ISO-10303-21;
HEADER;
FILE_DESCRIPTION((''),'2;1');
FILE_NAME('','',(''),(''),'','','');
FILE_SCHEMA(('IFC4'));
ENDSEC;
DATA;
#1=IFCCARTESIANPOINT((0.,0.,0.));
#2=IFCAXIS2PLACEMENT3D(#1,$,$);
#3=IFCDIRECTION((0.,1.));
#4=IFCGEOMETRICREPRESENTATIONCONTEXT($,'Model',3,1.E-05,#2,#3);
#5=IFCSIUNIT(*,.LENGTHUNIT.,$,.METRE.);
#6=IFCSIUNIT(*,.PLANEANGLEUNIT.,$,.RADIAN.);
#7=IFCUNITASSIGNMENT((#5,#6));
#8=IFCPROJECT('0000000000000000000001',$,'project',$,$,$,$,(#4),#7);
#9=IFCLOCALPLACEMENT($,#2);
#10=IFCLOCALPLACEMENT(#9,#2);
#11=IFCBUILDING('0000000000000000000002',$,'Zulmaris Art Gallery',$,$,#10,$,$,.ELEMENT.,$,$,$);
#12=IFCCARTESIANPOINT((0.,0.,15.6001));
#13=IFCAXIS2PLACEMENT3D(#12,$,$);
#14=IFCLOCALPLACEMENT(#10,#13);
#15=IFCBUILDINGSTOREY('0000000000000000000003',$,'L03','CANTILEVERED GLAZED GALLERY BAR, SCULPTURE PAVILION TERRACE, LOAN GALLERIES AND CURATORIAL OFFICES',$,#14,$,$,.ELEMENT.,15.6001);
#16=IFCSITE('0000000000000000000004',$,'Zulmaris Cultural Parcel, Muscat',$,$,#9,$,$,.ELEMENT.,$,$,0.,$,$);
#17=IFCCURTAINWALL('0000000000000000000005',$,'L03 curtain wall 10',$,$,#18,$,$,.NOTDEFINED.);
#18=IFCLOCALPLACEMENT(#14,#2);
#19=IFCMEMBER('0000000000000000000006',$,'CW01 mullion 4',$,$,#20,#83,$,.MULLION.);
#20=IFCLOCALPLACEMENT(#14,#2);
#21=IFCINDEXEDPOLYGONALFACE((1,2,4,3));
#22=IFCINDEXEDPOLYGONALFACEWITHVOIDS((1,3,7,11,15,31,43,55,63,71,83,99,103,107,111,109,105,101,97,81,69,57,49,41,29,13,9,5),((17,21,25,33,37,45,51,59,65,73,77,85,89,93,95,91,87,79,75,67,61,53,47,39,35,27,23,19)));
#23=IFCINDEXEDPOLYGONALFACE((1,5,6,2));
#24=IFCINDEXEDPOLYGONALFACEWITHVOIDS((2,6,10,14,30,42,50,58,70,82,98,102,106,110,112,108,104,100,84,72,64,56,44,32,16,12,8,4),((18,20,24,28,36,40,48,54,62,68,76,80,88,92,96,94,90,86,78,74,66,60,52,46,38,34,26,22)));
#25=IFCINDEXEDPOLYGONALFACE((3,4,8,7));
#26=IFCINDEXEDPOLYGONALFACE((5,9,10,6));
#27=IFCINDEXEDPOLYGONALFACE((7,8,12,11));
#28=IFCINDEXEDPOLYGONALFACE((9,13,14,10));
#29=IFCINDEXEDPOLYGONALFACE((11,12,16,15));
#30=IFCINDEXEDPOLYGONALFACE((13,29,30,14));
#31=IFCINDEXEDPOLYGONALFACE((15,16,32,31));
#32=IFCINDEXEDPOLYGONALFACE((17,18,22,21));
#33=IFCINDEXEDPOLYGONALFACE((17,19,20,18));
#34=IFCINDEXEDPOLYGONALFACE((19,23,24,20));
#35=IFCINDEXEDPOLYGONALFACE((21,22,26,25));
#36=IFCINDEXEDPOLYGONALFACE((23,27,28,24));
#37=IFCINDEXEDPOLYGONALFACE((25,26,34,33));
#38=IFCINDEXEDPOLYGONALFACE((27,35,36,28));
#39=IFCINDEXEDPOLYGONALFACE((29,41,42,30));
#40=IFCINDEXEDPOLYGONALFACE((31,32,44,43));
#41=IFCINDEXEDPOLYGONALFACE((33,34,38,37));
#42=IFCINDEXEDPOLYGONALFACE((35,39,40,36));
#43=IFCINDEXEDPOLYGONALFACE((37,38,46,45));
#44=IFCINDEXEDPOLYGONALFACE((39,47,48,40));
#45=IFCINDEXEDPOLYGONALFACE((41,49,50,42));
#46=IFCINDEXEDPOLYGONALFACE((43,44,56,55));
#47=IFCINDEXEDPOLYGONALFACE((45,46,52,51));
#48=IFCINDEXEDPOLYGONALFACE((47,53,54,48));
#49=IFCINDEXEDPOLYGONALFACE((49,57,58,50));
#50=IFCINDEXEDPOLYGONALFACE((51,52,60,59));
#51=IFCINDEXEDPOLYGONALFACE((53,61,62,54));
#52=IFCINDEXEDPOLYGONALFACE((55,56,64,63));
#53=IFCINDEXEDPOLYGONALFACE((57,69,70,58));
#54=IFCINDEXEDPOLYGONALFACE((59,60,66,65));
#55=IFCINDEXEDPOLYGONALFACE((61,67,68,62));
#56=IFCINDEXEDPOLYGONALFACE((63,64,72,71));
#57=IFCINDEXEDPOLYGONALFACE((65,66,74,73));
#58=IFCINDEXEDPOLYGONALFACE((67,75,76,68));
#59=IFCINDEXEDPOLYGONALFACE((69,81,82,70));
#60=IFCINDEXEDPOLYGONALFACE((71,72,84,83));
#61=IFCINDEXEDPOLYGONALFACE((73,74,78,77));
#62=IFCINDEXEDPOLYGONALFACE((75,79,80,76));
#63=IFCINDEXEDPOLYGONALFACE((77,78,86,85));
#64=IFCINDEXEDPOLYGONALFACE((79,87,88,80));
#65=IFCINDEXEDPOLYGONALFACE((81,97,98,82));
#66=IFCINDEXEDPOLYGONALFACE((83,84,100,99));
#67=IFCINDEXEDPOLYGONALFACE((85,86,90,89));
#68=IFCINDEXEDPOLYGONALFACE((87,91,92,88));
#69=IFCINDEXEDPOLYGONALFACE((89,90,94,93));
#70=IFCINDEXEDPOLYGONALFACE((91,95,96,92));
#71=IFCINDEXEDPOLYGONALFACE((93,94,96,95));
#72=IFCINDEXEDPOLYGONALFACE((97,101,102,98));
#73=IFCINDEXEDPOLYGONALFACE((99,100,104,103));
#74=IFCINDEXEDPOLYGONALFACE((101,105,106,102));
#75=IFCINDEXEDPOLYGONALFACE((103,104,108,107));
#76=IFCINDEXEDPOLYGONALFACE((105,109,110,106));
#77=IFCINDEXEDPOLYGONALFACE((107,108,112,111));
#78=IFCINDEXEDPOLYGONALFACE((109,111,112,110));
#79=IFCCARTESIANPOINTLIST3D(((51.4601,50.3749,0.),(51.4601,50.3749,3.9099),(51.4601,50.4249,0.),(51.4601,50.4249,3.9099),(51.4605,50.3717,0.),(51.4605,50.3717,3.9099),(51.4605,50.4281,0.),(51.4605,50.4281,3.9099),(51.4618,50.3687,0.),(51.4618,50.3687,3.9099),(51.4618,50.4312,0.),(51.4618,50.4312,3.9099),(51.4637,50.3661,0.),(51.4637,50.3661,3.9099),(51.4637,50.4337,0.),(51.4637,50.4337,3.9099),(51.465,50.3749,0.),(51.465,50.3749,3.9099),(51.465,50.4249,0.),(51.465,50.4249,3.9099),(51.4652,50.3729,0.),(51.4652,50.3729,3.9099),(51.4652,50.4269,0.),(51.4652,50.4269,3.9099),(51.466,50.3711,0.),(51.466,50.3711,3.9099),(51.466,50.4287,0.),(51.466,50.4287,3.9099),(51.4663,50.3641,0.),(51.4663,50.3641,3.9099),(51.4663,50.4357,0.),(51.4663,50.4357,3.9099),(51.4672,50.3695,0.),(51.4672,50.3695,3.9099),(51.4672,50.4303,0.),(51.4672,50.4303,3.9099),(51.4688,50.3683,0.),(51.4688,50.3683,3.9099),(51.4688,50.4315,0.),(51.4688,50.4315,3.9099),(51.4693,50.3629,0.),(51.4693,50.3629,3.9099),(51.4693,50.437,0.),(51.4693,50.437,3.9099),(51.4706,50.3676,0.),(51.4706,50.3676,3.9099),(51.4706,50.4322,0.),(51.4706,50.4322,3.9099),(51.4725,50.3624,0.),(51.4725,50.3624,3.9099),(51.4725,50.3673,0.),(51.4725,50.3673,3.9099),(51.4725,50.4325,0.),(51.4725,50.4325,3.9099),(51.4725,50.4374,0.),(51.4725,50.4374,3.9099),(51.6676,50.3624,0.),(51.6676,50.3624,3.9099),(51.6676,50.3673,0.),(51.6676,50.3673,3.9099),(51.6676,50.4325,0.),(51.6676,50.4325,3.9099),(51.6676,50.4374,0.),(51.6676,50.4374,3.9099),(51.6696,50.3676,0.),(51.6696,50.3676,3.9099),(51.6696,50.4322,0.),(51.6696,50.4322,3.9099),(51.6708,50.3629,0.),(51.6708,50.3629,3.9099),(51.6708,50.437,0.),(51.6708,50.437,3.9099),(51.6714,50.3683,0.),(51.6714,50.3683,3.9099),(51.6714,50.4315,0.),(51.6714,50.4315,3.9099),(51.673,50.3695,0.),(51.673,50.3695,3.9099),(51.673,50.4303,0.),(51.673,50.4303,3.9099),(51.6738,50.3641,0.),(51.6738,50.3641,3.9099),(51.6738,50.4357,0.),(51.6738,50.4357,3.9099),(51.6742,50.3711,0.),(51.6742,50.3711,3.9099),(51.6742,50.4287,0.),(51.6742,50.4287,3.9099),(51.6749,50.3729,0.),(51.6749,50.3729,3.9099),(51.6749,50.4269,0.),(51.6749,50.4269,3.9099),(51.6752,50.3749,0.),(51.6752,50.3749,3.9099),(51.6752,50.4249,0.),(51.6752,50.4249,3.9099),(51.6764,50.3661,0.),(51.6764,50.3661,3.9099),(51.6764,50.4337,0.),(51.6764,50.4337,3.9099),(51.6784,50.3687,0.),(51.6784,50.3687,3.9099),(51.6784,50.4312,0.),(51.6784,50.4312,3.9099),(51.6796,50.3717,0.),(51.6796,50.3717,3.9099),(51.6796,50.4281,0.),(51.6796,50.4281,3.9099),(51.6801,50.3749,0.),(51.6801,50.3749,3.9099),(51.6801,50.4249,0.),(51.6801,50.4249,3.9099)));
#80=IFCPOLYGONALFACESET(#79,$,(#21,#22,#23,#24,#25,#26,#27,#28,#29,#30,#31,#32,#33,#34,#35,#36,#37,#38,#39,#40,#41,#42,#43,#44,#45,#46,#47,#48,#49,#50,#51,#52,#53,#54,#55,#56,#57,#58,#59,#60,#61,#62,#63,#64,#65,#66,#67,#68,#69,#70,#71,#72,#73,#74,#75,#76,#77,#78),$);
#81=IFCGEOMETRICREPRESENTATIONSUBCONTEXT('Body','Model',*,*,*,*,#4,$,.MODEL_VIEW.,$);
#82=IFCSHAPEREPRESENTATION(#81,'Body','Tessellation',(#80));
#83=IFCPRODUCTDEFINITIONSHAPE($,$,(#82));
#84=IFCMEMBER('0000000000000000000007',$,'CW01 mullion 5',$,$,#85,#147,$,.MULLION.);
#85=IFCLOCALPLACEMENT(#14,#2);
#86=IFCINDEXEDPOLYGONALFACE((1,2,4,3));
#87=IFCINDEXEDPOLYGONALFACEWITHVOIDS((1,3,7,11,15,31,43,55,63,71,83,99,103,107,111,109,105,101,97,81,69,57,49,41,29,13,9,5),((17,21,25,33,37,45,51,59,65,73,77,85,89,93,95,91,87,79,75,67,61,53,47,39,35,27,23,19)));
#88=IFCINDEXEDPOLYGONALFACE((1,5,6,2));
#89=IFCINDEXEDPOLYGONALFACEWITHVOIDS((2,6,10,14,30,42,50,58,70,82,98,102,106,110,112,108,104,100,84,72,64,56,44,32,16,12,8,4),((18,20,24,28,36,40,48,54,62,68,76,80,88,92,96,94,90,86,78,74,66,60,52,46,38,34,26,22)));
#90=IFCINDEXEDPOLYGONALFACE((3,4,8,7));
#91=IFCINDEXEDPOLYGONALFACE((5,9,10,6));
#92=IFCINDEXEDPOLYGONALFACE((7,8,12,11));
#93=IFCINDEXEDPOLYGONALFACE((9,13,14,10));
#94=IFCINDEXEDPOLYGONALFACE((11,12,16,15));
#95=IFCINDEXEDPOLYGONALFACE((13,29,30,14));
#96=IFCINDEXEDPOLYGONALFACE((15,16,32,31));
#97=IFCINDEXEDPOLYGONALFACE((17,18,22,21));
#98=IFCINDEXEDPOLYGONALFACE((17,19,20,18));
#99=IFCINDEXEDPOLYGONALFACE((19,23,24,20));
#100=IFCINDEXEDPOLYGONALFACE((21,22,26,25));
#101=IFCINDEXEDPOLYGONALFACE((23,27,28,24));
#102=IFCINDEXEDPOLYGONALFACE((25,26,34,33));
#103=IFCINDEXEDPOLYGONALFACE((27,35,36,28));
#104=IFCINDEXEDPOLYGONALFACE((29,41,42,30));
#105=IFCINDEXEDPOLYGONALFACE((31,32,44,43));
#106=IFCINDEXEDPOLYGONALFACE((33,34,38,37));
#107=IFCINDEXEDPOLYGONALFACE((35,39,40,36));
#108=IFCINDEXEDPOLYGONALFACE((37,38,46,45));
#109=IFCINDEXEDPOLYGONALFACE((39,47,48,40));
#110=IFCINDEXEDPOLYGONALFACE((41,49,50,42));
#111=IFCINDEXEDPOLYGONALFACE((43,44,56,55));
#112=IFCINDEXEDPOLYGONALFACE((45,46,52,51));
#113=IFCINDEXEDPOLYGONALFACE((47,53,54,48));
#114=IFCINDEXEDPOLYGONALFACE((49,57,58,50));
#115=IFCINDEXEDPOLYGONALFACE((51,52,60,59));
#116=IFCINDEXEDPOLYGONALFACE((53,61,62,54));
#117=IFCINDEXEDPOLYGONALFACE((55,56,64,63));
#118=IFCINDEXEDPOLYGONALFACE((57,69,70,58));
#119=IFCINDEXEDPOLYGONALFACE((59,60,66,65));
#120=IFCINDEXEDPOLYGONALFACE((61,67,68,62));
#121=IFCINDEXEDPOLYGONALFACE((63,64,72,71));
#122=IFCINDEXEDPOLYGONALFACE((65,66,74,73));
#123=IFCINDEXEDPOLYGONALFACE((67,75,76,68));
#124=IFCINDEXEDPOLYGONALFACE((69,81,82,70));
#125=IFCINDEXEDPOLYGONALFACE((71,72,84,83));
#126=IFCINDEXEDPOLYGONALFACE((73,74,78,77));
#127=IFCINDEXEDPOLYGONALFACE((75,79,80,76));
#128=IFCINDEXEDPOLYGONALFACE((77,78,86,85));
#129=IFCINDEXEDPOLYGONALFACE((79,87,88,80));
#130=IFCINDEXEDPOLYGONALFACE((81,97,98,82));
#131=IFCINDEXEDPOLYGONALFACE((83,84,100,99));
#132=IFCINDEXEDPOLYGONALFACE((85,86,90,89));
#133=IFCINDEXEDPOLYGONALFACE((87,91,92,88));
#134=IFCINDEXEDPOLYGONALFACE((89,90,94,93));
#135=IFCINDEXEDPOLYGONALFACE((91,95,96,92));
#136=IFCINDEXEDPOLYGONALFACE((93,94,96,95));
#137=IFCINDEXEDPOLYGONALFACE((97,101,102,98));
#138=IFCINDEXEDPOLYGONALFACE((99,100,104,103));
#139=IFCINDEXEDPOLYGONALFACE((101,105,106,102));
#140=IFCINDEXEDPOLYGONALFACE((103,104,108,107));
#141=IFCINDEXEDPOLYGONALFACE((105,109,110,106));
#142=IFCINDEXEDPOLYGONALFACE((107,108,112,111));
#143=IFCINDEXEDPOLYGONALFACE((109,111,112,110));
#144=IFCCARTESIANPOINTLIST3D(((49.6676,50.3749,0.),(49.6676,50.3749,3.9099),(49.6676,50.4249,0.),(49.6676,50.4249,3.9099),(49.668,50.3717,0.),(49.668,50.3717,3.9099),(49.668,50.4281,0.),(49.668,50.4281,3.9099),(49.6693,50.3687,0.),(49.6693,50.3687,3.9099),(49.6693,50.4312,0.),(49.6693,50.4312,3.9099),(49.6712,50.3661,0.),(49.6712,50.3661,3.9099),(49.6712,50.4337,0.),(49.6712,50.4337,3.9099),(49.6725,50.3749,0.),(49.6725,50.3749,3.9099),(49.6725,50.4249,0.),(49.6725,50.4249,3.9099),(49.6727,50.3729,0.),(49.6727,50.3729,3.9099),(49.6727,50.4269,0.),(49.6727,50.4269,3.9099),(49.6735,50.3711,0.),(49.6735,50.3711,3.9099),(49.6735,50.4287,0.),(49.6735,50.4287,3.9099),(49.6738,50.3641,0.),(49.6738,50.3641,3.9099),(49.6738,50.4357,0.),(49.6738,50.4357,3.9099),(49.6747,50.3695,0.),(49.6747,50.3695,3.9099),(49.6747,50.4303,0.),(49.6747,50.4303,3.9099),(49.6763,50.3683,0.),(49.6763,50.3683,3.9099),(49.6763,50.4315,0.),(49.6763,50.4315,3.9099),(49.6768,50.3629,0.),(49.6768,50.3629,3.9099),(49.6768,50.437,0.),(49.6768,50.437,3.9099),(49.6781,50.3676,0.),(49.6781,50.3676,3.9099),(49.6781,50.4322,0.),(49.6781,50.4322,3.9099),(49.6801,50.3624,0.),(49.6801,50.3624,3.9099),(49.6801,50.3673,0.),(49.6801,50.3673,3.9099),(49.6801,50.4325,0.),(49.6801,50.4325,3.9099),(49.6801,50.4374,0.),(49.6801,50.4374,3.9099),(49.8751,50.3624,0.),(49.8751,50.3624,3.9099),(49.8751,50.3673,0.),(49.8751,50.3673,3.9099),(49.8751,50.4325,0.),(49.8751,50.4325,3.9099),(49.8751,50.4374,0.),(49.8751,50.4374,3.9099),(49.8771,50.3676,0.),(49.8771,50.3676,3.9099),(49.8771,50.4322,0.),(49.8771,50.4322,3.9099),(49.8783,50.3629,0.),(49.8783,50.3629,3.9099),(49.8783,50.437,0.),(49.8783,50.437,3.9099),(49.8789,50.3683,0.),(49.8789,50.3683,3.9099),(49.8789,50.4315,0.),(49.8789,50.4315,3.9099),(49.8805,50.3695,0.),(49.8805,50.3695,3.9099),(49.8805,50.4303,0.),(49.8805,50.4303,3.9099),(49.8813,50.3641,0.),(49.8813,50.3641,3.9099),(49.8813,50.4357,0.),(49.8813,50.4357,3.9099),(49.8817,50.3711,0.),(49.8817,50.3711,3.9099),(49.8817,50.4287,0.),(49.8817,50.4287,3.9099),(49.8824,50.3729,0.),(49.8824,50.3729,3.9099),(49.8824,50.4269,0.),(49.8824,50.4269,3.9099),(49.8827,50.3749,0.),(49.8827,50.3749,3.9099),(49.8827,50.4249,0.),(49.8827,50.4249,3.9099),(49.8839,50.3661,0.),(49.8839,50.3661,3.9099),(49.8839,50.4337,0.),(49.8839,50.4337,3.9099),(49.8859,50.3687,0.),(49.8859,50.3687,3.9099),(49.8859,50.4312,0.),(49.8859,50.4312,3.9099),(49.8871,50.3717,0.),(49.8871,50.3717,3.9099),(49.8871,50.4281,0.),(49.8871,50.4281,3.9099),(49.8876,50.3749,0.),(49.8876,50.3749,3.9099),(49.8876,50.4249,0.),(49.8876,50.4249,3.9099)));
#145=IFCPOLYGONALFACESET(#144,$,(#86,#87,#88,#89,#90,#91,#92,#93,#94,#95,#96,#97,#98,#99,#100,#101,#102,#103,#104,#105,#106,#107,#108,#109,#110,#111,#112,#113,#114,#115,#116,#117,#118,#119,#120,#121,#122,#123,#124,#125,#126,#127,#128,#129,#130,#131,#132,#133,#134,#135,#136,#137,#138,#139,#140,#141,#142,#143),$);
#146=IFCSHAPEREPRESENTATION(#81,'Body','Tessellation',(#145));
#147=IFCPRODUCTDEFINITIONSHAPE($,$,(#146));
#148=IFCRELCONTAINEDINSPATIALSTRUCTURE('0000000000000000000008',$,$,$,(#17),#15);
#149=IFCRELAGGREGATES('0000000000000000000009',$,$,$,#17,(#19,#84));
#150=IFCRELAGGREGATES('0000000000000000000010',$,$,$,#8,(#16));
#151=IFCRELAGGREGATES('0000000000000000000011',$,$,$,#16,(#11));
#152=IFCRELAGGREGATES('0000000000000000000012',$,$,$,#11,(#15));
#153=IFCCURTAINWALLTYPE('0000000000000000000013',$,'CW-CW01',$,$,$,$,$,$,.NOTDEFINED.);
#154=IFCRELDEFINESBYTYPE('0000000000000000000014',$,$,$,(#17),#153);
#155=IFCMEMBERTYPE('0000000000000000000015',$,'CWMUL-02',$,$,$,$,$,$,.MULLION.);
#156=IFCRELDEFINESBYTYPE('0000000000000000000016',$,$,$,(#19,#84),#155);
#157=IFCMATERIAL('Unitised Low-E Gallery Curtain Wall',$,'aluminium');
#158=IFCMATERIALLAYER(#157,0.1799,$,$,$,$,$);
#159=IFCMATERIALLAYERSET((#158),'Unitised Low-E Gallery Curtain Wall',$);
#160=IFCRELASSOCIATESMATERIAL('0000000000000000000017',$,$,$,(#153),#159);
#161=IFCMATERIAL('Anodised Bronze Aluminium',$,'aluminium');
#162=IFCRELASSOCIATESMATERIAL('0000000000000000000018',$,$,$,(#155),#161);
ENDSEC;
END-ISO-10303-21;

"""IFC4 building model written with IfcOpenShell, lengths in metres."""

from ifc_helpers import new_model, si_unit, direction, frame, origin, origin_2d, place, context, subcontext, project, spatial, hollow_rectangle, extrude, material, layer, layer_set, material_profile, profile_set, type_object, element, aggregate, save


model = new_model("IFC4")

# Units and contexts
model_context = context("Model", 3, precision=1e-05, world=origin(), true_north=direction((0.0, 1.0)))
body_context = subcontext(model_context, "Body", "Model", "MODEL_VIEW")
ifc_project = project(units=[si_unit("LENGTHUNIT", "METRE"), si_unit("PLANEANGLEUNIT", "RADIAN")], contexts=[model_context])

# Site, building, storey
site_placement = place(None, origin())
site = spatial("IfcSite", under=ifc_project, at=site_placement, Name="Zulmaris Cultural Parcel, Muscat", CompositionType="ELEMENT", RefElevation=0.0)
building_placement = place(site_placement, origin())
building = spatial("IfcBuilding", under=site, at=building_placement, Name="Zulmaris Art Gallery", CompositionType="ELEMENT")
storey_placement = place(building_placement, frame((0.0, 0.0, 15.6001)))
storey = spatial("IfcBuildingStorey", under=building, at=storey_placement, Name="L03", Description="CANTILEVERED GLAZED GALLERY BAR, SCULPTURE PAVILION TERRACE, LOAN GALLERIES AND CURATORIAL OFFICES", CompositionType="ELEMENT", Elevation=15.6001)

# Curtain wall, members
ifc_material_1 = material(Name="Unitised Low-E Gallery Curtain Wall", Category="aluminium")
ifc_layer_1 = layer(ifc_material_1, 0.1799)
ifc_layer_set_1 = layer_set([ifc_layer_1], Name="Unitised Low-E Gallery Curtain Wall")
curtain_wall_type = type_object("IfcCurtainWallType", Name="CW-CW01", PredefinedType="NOTDEFINED", material=ifc_layer_set_1)
curtain_wall_1_placement = place(storey_placement, origin())
curtain_wall_1 = element("IfcCurtainWall", 1, at=curtain_wall_1_placement, inside=storey, type_object=curtain_wall_type, Name="L03 curtain wall 10", PredefinedType="NOTDEFINED")
ifc_material_2 = material(Name="Anodised Bronze Aluminium", Category="aluminium")
ifc_material_profile_1 = material_profile(ifc_material_2, hollow_rectangle(XDim=0.075, YDim=0.22, WallThickness=0.0049, InnerFilletRadius=0.0076, OuterFilletRadius=0.0125, at=origin_2d()), Name="ALU 75x220x5")
ifc_profile_set_1 = profile_set([ifc_material_profile_1], Name="Anodised Bronze Aluminium")
member_type_1 = type_object("IfcMemberType", Name="CWMUL-02", PredefinedType="MULLION", material=ifc_profile_set_1)
member_1_placement = place(storey_placement, frame((51.5701, 50.3999, 0.0), z_axis=(0.0, 0.0, 1.0), x_axis=(0.0, -1.0, 0.0)))
member_1 = element("IfcMember", 2, at=member_1_placement, type_object=member_type_1, Name="CW01 mullion 4", PredefinedType="MULLION", context=body_context, shape_type="SweptSolid", body=[
    extrude(hollow_rectangle(XDim=0.075, YDim=0.22, WallThickness=0.0049, InnerFilletRadius=0.0076, OuterFilletRadius=0.0125, at=origin_2d()), origin(), (0.0, 0.0, 1.0), 3.9099),
])
member_2_placement = place(storey_placement, frame((49.7776, 50.3999, 0.0), z_axis=(0.0, 0.0, 1.0), x_axis=(0.0, -1.0, 0.0)))
member_2 = element("IfcMember", 3, at=member_2_placement, type_object=member_type_1, Name="CW01 mullion 5", PredefinedType="MULLION", context=body_context, shape_type="SweptSolid", body=[
    extrude(hollow_rectangle(XDim=0.075, YDim=0.22, WallThickness=0.0049, InnerFilletRadius=0.0076, OuterFilletRadius=0.0125, at=origin_2d()), origin(), (0.0, 0.0, 1.0), 3.9099),
])

aggregate(curtain_wall_1, [member_1, member_2])

save(model, "model.ifc")
